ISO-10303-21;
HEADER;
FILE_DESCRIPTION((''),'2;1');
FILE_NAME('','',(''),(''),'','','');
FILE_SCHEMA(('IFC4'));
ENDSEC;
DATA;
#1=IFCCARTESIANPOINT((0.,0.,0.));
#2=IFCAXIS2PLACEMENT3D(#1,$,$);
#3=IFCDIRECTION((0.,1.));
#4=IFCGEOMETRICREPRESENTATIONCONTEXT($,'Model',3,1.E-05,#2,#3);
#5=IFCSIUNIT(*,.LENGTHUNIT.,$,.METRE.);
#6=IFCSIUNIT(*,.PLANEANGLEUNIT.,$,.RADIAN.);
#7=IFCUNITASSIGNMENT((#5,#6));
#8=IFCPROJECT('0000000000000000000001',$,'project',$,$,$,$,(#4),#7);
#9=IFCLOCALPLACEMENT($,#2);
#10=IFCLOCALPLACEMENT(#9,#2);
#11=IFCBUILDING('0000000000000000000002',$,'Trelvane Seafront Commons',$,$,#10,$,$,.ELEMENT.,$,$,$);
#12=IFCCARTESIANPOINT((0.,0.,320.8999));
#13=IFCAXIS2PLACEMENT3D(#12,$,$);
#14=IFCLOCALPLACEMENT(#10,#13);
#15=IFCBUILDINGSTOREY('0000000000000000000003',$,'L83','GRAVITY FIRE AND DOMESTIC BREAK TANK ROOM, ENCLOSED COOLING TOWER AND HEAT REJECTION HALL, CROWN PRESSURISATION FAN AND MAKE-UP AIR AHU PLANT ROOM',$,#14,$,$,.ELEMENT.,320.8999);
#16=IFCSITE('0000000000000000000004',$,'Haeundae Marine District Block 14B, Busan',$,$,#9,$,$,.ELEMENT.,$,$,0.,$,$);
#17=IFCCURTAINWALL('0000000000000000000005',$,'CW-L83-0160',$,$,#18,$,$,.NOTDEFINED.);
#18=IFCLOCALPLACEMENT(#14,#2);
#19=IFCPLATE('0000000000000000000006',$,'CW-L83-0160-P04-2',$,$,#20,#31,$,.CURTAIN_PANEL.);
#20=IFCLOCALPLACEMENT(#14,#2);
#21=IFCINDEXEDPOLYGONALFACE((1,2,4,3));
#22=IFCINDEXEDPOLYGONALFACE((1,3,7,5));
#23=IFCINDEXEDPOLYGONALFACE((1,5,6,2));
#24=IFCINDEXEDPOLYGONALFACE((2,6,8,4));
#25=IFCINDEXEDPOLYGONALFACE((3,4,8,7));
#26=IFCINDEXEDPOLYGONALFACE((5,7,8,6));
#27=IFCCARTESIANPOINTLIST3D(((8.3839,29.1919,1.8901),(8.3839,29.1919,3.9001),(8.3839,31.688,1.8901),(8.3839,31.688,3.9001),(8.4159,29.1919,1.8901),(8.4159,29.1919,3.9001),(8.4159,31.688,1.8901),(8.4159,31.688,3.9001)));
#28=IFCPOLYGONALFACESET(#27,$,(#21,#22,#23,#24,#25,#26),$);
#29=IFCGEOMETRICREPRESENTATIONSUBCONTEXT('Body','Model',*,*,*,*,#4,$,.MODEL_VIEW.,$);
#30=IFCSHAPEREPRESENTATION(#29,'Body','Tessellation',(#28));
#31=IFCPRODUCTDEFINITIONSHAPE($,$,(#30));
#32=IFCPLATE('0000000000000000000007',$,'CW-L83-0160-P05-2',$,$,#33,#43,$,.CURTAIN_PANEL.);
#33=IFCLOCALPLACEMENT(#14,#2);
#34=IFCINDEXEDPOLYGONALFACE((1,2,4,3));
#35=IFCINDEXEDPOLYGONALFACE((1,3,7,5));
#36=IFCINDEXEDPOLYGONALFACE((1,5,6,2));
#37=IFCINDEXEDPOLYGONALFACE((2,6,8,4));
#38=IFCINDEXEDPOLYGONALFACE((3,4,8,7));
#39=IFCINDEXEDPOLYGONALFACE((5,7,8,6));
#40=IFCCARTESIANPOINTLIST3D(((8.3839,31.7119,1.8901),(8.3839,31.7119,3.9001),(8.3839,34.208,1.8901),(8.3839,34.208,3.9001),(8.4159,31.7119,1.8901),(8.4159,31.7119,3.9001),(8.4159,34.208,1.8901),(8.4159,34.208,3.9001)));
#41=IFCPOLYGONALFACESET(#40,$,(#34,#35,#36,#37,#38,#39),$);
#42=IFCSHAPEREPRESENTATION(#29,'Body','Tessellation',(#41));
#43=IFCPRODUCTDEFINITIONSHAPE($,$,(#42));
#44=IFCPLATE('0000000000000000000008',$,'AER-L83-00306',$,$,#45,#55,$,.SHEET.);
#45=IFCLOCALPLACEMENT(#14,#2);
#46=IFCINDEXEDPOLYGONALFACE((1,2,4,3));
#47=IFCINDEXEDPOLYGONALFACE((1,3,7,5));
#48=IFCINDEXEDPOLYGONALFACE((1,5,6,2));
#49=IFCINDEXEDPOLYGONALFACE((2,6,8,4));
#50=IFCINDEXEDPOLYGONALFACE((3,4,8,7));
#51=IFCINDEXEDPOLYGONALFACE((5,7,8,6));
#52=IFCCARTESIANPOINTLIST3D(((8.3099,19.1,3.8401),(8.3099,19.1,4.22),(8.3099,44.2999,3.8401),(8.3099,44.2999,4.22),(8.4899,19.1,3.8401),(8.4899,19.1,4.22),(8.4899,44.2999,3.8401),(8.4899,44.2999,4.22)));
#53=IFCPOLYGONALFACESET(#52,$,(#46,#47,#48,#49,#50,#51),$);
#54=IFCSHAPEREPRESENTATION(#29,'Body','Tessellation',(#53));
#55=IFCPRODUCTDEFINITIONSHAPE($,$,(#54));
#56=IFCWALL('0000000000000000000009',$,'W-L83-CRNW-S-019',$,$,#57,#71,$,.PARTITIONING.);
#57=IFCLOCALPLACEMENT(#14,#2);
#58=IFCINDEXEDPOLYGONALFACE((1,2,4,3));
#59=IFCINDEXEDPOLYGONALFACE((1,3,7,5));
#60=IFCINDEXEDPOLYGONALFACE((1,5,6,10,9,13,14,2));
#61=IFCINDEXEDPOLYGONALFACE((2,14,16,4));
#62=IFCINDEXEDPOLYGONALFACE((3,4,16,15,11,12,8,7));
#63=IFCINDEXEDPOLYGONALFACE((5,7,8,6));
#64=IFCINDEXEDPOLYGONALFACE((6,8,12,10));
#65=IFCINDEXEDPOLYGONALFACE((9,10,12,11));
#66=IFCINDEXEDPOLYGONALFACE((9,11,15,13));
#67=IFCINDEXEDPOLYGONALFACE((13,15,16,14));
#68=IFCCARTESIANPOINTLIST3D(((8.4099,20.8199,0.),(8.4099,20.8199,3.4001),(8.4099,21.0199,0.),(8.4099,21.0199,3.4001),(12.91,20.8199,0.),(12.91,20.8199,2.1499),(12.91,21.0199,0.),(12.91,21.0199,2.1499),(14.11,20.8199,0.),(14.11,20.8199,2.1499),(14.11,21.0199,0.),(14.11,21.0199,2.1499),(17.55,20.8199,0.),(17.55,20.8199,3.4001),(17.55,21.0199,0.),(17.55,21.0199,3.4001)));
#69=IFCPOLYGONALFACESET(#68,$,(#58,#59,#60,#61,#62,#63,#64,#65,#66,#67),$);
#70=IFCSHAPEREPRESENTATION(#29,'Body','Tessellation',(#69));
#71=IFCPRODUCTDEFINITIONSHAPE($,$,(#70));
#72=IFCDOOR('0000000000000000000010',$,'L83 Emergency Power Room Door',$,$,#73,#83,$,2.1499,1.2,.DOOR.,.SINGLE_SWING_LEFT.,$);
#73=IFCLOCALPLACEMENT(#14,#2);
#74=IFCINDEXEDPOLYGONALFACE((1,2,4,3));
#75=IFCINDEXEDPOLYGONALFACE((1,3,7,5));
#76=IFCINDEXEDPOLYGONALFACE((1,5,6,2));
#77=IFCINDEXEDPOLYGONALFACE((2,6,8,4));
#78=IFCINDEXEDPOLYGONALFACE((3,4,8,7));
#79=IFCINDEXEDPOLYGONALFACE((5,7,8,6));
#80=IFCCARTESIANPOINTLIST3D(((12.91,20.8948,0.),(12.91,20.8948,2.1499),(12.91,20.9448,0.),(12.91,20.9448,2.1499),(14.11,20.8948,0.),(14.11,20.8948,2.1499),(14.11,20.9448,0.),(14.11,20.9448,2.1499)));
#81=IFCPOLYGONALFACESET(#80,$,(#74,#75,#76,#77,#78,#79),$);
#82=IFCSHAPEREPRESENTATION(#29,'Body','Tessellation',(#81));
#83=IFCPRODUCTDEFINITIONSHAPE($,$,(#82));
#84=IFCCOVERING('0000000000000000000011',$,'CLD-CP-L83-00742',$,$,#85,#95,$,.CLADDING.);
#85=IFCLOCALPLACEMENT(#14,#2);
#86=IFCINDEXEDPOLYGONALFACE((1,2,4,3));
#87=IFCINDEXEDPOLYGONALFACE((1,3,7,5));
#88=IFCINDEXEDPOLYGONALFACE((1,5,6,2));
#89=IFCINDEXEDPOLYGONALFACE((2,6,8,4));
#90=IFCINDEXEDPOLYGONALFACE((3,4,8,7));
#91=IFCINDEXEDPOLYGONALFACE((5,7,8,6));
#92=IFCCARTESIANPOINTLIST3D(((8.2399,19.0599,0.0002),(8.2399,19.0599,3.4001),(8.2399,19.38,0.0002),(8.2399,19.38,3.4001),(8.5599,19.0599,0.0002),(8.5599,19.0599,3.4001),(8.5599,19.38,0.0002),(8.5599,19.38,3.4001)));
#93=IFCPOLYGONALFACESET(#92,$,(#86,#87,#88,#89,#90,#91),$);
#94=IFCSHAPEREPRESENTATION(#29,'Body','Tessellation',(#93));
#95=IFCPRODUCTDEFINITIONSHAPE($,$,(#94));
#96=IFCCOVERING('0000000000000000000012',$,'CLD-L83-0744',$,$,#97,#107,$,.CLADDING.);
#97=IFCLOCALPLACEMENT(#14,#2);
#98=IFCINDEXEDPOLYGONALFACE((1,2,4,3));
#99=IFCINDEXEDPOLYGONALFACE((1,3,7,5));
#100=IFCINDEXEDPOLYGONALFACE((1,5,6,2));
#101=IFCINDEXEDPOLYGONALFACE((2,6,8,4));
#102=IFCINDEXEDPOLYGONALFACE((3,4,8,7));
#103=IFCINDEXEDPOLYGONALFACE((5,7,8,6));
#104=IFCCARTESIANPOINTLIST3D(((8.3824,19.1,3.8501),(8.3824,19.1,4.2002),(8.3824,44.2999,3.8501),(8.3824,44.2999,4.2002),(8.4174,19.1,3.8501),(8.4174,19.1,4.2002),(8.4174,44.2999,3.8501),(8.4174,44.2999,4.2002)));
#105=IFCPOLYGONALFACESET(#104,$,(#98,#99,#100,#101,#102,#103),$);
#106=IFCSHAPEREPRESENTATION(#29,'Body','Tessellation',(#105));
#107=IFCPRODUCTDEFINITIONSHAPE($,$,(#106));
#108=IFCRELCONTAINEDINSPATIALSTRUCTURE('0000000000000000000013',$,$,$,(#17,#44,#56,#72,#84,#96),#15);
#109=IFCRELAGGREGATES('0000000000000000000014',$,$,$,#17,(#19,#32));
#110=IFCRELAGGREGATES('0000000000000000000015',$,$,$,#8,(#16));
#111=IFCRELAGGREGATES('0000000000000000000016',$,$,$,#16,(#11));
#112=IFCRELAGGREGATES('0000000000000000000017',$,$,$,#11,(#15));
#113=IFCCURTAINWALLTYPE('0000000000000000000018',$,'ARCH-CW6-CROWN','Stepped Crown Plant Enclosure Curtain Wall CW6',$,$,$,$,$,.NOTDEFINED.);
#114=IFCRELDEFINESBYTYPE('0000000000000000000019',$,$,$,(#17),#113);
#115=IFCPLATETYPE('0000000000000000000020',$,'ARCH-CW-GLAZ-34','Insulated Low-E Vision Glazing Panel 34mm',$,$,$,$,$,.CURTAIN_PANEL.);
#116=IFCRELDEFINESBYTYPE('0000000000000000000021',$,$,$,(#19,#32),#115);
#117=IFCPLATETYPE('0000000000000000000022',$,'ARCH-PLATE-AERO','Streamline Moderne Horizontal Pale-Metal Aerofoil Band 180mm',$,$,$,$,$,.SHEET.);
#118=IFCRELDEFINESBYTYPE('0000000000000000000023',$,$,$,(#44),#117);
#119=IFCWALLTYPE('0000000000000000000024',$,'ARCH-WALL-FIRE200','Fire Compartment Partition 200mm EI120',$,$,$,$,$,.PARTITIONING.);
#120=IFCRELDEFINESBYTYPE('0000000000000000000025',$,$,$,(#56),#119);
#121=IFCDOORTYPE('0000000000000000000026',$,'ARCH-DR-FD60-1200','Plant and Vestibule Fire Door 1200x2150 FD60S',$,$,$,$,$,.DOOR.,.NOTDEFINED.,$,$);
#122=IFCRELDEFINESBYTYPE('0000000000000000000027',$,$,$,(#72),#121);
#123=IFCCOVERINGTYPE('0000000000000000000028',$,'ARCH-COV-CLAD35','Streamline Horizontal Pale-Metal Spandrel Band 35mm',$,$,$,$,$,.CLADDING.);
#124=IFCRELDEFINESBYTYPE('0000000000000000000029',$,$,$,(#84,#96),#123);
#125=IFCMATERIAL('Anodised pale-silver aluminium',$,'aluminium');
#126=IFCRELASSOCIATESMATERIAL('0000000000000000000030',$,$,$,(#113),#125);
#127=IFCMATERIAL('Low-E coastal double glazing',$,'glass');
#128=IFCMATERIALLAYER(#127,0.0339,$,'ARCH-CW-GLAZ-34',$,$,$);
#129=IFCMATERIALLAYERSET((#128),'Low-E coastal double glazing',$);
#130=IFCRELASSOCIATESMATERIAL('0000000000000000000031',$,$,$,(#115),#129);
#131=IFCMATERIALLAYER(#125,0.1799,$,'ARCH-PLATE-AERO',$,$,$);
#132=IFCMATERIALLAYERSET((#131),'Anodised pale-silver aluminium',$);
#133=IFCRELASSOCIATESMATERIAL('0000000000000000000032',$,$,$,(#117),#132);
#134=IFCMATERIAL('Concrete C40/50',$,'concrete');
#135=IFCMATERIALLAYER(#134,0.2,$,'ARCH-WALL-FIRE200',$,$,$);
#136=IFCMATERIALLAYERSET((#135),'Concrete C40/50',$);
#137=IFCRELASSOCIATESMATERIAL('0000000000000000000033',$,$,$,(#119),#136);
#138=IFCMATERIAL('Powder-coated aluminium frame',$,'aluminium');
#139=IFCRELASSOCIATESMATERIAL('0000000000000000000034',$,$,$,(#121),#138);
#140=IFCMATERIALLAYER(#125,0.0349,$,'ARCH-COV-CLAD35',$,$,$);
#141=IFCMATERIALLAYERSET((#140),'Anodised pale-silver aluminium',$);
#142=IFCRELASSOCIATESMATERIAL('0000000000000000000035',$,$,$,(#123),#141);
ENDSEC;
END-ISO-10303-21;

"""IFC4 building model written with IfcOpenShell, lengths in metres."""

from ifc_helpers import new_model, si_unit, direction, frame, frame_2d, origin, origin_2d, place, context, subcontext, project, spatial, rectangle, extrude, source, transform, mapped, material, layer, layer_set, type_object, element, fill, aggregate, save


model = new_model("IFC4")

# Units and contexts
model_context = context("Model", 3, precision=1e-05, world=origin(), true_north=direction((0.0, 1.0)))
body_context = subcontext(model_context, "Body", "Model", "MODEL_VIEW")
ifc_project = project(units=[si_unit("LENGTHUNIT", "METRE"), si_unit("PLANEANGLEUNIT", "RADIAN")], contexts=[model_context])

# Site, building, storey
site_placement = place(None, origin())
site = spatial("IfcSite", under=ifc_project, at=site_placement, Name="Haeundae Marine District Block 14B, Busan", CompositionType="ELEMENT", RefElevation=0.0)
building_placement = place(site_placement, origin())
building = spatial("IfcBuilding", under=site, at=building_placement, Name="Trelvane Seafront Commons", CompositionType="ELEMENT")
storey_placement = place(building_placement, frame((0.0, 0.0, 320.8999)))
storey = spatial("IfcBuildingStorey", under=building, at=storey_placement, Name="L83", Description="GRAVITY FIRE AND DOMESTIC BREAK TANK ROOM, ENCLOSED COOLING TOWER AND HEAT REJECTION HALL, CROWN PRESSURISATION FAN AND MAKE-UP AIR AHU PLANT ROOM", CompositionType="ELEMENT", Elevation=320.8999)

# Curtain wall
ifc_material_1 = material(Name="Anodised pale-silver aluminium", Category="aluminium")
curtain_wall_type = type_object("IfcCurtainWallType", Name="ARCH-CW6-CROWN", Description="Stepped Crown Plant Enclosure Curtain Wall CW6", PredefinedType="NOTDEFINED", material=ifc_material_1)
curtain_wall_placement = place(storey_placement, origin())
curtain_wall = element("IfcCurtainWall", 1, at=curtain_wall_placement, inside=storey, type_object=curtain_wall_type, Name="CW-L83-0160", PredefinedType="NOTDEFINED")

# Plates
ifc_material_2 = material(Name="Low-E coastal double glazing", Category="glass")
ifc_layer_1 = layer(ifc_material_2, 0.0339, Name="ARCH-CW-GLAZ-34")
ifc_layer_set_1 = layer_set([ifc_layer_1], Name="Low-E coastal double glazing")
plate_type_1 = type_object("IfcPlateType", Name="ARCH-CW-GLAZ-34", Description="Insulated Low-E Vision Glazing Panel 34mm", PredefinedType="CURTAIN_PANEL", material=ifc_layer_set_1)
shared_shape_1 = source(origin(), body_context, "Body", "SweptSolid", [
    extrude(rectangle(XDim=2.4961, YDim=0.032, at=origin_2d()), origin(), (0.0, 0.0, 1.0), 2.01),
])
plate_1_placement = place(storey_placement, frame((8.3999, 30.4399, 1.8901), z_axis=(0.0, 0.0, 1.0), x_axis=(0.0, 1.0, 0.0)))
plate_1 = element("IfcPlate", 2, at=plate_1_placement, type_object=plate_type_1, Name="CW-L83-0160-P04-2", PredefinedType="CURTAIN_PANEL", context=body_context, shape_type="MappedRepresentation", body=[
    mapped(shared_shape_1, transform((0.0, 0.0, 0.0), x_axis=(1.0, 0.0, 0.0), y_axis=(0.0, 1.0, 0.0), z_axis=(0.0, 0.0, 1.0), scale=1.0)),
])
plate_2_placement = place(storey_placement, frame((8.3999, 32.96, 1.8901), z_axis=(0.0, 0.0, 1.0), x_axis=(0.0, 1.0, 0.0)))
plate_2 = element("IfcPlate", 3, at=plate_2_placement, type_object=plate_type_1, Name="CW-L83-0160-P05-2", PredefinedType="CURTAIN_PANEL", context=body_context, shape_type="MappedRepresentation", body=[
    mapped(shared_shape_1, transform((0.0, 0.0, 0.0), x_axis=(1.0, 0.0, 0.0), y_axis=(0.0, 1.0, 0.0), z_axis=(0.0, 0.0, 1.0), scale=1.0)),
])
aggregate(curtain_wall, [plate_1, plate_2])
ifc_layer_2 = layer(ifc_material_1, 0.1799, Name="ARCH-PLATE-AERO")
ifc_layer_set_2 = layer_set([ifc_layer_2], Name="Anodised pale-silver aluminium")
plate_type_2 = type_object("IfcPlateType", Name="ARCH-PLATE-AERO", Description="Streamline Moderne Horizontal Pale-Metal Aerofoil Band 180mm", PredefinedType="SHEET", material=ifc_layer_set_2)
shared_shape_2 = source(origin(), body_context, "Body", "SweptSolid", [
    extrude(rectangle(XDim=25.2, YDim=0.1799, at=origin_2d()), origin(), (0.0, 0.0, 1.0), 0.3799),
])
plate_3_placement = place(storey_placement, frame((8.3999, 31.7, 3.8401), z_axis=(0.0, 0.0, 1.0), x_axis=(0.0, 1.0, 0.0)))
element("IfcPlate", 4, at=plate_3_placement, inside=storey, type_object=plate_type_2, Name="AER-L83-00306", PredefinedType="SHEET", context=body_context, shape_type="MappedRepresentation", body=[
    mapped(shared_shape_2, transform((0.0, 0.0, 0.0), x_axis=(1.0, 0.0, 0.0), y_axis=(0.0, 1.0, 0.0), z_axis=(0.0, 0.0, 1.0), scale=1.0)),
])

# Wall, opening, door
ifc_material_3 = material(Name="Concrete C40/50", Category="concrete")
ifc_layer_3 = layer(ifc_material_3, 0.2, Name="ARCH-WALL-FIRE200")
ifc_layer_set_3 = layer_set([ifc_layer_3], Name="Concrete C40/50")
wall_type = type_object("IfcWallType", Name="ARCH-WALL-FIRE200", Description="Fire Compartment Partition 200mm EI120", PredefinedType="PARTITIONING", material=ifc_layer_set_3)
wall_1_placement = place(storey_placement, frame((8.4099, 20.9199, 0.0), z_axis=(0.0, 0.0, 1.0), x_axis=(1.0, 0.0, 0.0)))
wall_1 = element("IfcWall", 5, at=wall_1_placement, inside=storey, type_object=wall_type, Name="W-L83-CRNW-S-019", PredefinedType="PARTITIONING", context=body_context, shape_type="SweptSolid", body=[
    extrude(rectangle(XDim=9.1401, YDim=0.2, at=frame_2d((4.5701, 0.0))), origin(), (0.0, 0.0, 1.0), 3.4001),
])
opening_1_placement = place(wall_1_placement, frame((4.5, 0.0, 0.0)))
opening_1 = element("IfcOpeningElement", 6, at=opening_1_placement, cuts=wall_1, PredefinedType="OPENING", context=body_context, shape_type="SweptSolid", body=[
    extrude(rectangle(XDim=1.2, YDim=2.1499, at=frame_2d((0.6001, 1.075))), frame((0.0, 0.1099, 0.0), z_axis=(0.0, -1.0, 0.0), x_axis=(1.0, 0.0, 0.0)), (0.0, 0.0, 1.0), 0.22),
])
ifc_material_4 = material(Name="Powder-coated aluminium frame", Category="aluminium")
door_type = type_object("IfcDoorType", Name="ARCH-DR-FD60-1200", Description="Plant and Vestibule Fire Door 1200x2150 FD60S", OperationType="NOTDEFINED", PredefinedType="DOOR", material=ifc_material_4)
shared_shape_3 = source(origin(), body_context, "Body", "SweptSolid", [
    extrude(rectangle(XDim=1.2, YDim=2.1499, at=frame_2d((0.6001, 1.075))), frame((0.0, 0.0249, 0.0), z_axis=(0.0, -1.0, 0.0), x_axis=(1.0, 0.0, 0.0)), (0.0, 0.0, 1.0), 0.05),
])
door_1_placement = place(opening_1_placement, origin())
door_1 = element("IfcDoor", 7, at=door_1_placement, inside=storey, type_object=door_type, Name="L83 Emergency Power Room Door", OperationType="SINGLE_SWING_LEFT", OverallHeight=2.1499, OverallWidth=1.2, PredefinedType="DOOR", context=body_context, shape_type="MappedRepresentation", body=[
    mapped(shared_shape_3, transform((0.0, 0.0, 0.0), x_axis=(1.0, 0.0, 0.0), y_axis=(0.0, 1.0, 0.0), z_axis=(0.0, 0.0, 1.0), scale=1.0)),
])
fill(opening_1, door_1)

# Coverings
ifc_layer_4 = layer(ifc_material_1, 0.0349, Name="ARCH-COV-CLAD35")
ifc_layer_set_4 = layer_set([ifc_layer_4], Name="Anodised pale-silver aluminium")
covering_type = type_object("IfcCoveringType", Name="ARCH-COV-CLAD35", Description="Streamline Horizontal Pale-Metal Spandrel Band 35mm", PredefinedType="CLADDING", material=ifc_layer_set_4)
shared_shape_4 = source(origin(), body_context, "Body", "SweptSolid", [
    extrude(rectangle(XDim=0.3201, YDim=0.3201, at=origin_2d()), origin(), (0.0, 0.0, 1.0), 3.3999),
])
covering_1_placement = place(storey_placement, frame((8.3999, 19.22, 0.0002), z_axis=(0.0, 0.0, 1.0), x_axis=(1.0, 0.0, 0.0)))
element("IfcCovering", 8, at=covering_1_placement, inside=storey, type_object=covering_type, Name="CLD-CP-L83-00742", PredefinedType="CLADDING", context=body_context, shape_type="MappedRepresentation", body=[
    mapped(shared_shape_4, transform((0.0, 0.0, 0.0), x_axis=(1.0, 0.0, 0.0), y_axis=(0.0, 1.0, 0.0), z_axis=(0.0, 0.0, 1.0), scale=1.0)),
])
shared_shape_5 = source(origin(), body_context, "Body", "SweptSolid", [
    extrude(rectangle(XDim=25.2, YDim=0.0349, at=origin_2d()), origin(), (0.0, 0.0, 1.0), 0.3501),
])
covering_2_placement = place(storey_placement, frame((8.3999, 31.7, 3.8501), z_axis=(0.0, 0.0, 1.0), x_axis=(0.0, 1.0, 0.0)))
element("IfcCovering", 9, at=covering_2_placement, inside=storey, type_object=covering_type, Name="CLD-L83-0744", PredefinedType="CLADDING", context=body_context, shape_type="MappedRepresentation", body=[
    mapped(shared_shape_5, transform((0.0, 0.0, 0.0), x_axis=(1.0, 0.0, 0.0), y_axis=(0.0, 1.0, 0.0), z_axis=(0.0, 0.0, 1.0), scale=1.0)),
])

save(model, "model.ifc")
